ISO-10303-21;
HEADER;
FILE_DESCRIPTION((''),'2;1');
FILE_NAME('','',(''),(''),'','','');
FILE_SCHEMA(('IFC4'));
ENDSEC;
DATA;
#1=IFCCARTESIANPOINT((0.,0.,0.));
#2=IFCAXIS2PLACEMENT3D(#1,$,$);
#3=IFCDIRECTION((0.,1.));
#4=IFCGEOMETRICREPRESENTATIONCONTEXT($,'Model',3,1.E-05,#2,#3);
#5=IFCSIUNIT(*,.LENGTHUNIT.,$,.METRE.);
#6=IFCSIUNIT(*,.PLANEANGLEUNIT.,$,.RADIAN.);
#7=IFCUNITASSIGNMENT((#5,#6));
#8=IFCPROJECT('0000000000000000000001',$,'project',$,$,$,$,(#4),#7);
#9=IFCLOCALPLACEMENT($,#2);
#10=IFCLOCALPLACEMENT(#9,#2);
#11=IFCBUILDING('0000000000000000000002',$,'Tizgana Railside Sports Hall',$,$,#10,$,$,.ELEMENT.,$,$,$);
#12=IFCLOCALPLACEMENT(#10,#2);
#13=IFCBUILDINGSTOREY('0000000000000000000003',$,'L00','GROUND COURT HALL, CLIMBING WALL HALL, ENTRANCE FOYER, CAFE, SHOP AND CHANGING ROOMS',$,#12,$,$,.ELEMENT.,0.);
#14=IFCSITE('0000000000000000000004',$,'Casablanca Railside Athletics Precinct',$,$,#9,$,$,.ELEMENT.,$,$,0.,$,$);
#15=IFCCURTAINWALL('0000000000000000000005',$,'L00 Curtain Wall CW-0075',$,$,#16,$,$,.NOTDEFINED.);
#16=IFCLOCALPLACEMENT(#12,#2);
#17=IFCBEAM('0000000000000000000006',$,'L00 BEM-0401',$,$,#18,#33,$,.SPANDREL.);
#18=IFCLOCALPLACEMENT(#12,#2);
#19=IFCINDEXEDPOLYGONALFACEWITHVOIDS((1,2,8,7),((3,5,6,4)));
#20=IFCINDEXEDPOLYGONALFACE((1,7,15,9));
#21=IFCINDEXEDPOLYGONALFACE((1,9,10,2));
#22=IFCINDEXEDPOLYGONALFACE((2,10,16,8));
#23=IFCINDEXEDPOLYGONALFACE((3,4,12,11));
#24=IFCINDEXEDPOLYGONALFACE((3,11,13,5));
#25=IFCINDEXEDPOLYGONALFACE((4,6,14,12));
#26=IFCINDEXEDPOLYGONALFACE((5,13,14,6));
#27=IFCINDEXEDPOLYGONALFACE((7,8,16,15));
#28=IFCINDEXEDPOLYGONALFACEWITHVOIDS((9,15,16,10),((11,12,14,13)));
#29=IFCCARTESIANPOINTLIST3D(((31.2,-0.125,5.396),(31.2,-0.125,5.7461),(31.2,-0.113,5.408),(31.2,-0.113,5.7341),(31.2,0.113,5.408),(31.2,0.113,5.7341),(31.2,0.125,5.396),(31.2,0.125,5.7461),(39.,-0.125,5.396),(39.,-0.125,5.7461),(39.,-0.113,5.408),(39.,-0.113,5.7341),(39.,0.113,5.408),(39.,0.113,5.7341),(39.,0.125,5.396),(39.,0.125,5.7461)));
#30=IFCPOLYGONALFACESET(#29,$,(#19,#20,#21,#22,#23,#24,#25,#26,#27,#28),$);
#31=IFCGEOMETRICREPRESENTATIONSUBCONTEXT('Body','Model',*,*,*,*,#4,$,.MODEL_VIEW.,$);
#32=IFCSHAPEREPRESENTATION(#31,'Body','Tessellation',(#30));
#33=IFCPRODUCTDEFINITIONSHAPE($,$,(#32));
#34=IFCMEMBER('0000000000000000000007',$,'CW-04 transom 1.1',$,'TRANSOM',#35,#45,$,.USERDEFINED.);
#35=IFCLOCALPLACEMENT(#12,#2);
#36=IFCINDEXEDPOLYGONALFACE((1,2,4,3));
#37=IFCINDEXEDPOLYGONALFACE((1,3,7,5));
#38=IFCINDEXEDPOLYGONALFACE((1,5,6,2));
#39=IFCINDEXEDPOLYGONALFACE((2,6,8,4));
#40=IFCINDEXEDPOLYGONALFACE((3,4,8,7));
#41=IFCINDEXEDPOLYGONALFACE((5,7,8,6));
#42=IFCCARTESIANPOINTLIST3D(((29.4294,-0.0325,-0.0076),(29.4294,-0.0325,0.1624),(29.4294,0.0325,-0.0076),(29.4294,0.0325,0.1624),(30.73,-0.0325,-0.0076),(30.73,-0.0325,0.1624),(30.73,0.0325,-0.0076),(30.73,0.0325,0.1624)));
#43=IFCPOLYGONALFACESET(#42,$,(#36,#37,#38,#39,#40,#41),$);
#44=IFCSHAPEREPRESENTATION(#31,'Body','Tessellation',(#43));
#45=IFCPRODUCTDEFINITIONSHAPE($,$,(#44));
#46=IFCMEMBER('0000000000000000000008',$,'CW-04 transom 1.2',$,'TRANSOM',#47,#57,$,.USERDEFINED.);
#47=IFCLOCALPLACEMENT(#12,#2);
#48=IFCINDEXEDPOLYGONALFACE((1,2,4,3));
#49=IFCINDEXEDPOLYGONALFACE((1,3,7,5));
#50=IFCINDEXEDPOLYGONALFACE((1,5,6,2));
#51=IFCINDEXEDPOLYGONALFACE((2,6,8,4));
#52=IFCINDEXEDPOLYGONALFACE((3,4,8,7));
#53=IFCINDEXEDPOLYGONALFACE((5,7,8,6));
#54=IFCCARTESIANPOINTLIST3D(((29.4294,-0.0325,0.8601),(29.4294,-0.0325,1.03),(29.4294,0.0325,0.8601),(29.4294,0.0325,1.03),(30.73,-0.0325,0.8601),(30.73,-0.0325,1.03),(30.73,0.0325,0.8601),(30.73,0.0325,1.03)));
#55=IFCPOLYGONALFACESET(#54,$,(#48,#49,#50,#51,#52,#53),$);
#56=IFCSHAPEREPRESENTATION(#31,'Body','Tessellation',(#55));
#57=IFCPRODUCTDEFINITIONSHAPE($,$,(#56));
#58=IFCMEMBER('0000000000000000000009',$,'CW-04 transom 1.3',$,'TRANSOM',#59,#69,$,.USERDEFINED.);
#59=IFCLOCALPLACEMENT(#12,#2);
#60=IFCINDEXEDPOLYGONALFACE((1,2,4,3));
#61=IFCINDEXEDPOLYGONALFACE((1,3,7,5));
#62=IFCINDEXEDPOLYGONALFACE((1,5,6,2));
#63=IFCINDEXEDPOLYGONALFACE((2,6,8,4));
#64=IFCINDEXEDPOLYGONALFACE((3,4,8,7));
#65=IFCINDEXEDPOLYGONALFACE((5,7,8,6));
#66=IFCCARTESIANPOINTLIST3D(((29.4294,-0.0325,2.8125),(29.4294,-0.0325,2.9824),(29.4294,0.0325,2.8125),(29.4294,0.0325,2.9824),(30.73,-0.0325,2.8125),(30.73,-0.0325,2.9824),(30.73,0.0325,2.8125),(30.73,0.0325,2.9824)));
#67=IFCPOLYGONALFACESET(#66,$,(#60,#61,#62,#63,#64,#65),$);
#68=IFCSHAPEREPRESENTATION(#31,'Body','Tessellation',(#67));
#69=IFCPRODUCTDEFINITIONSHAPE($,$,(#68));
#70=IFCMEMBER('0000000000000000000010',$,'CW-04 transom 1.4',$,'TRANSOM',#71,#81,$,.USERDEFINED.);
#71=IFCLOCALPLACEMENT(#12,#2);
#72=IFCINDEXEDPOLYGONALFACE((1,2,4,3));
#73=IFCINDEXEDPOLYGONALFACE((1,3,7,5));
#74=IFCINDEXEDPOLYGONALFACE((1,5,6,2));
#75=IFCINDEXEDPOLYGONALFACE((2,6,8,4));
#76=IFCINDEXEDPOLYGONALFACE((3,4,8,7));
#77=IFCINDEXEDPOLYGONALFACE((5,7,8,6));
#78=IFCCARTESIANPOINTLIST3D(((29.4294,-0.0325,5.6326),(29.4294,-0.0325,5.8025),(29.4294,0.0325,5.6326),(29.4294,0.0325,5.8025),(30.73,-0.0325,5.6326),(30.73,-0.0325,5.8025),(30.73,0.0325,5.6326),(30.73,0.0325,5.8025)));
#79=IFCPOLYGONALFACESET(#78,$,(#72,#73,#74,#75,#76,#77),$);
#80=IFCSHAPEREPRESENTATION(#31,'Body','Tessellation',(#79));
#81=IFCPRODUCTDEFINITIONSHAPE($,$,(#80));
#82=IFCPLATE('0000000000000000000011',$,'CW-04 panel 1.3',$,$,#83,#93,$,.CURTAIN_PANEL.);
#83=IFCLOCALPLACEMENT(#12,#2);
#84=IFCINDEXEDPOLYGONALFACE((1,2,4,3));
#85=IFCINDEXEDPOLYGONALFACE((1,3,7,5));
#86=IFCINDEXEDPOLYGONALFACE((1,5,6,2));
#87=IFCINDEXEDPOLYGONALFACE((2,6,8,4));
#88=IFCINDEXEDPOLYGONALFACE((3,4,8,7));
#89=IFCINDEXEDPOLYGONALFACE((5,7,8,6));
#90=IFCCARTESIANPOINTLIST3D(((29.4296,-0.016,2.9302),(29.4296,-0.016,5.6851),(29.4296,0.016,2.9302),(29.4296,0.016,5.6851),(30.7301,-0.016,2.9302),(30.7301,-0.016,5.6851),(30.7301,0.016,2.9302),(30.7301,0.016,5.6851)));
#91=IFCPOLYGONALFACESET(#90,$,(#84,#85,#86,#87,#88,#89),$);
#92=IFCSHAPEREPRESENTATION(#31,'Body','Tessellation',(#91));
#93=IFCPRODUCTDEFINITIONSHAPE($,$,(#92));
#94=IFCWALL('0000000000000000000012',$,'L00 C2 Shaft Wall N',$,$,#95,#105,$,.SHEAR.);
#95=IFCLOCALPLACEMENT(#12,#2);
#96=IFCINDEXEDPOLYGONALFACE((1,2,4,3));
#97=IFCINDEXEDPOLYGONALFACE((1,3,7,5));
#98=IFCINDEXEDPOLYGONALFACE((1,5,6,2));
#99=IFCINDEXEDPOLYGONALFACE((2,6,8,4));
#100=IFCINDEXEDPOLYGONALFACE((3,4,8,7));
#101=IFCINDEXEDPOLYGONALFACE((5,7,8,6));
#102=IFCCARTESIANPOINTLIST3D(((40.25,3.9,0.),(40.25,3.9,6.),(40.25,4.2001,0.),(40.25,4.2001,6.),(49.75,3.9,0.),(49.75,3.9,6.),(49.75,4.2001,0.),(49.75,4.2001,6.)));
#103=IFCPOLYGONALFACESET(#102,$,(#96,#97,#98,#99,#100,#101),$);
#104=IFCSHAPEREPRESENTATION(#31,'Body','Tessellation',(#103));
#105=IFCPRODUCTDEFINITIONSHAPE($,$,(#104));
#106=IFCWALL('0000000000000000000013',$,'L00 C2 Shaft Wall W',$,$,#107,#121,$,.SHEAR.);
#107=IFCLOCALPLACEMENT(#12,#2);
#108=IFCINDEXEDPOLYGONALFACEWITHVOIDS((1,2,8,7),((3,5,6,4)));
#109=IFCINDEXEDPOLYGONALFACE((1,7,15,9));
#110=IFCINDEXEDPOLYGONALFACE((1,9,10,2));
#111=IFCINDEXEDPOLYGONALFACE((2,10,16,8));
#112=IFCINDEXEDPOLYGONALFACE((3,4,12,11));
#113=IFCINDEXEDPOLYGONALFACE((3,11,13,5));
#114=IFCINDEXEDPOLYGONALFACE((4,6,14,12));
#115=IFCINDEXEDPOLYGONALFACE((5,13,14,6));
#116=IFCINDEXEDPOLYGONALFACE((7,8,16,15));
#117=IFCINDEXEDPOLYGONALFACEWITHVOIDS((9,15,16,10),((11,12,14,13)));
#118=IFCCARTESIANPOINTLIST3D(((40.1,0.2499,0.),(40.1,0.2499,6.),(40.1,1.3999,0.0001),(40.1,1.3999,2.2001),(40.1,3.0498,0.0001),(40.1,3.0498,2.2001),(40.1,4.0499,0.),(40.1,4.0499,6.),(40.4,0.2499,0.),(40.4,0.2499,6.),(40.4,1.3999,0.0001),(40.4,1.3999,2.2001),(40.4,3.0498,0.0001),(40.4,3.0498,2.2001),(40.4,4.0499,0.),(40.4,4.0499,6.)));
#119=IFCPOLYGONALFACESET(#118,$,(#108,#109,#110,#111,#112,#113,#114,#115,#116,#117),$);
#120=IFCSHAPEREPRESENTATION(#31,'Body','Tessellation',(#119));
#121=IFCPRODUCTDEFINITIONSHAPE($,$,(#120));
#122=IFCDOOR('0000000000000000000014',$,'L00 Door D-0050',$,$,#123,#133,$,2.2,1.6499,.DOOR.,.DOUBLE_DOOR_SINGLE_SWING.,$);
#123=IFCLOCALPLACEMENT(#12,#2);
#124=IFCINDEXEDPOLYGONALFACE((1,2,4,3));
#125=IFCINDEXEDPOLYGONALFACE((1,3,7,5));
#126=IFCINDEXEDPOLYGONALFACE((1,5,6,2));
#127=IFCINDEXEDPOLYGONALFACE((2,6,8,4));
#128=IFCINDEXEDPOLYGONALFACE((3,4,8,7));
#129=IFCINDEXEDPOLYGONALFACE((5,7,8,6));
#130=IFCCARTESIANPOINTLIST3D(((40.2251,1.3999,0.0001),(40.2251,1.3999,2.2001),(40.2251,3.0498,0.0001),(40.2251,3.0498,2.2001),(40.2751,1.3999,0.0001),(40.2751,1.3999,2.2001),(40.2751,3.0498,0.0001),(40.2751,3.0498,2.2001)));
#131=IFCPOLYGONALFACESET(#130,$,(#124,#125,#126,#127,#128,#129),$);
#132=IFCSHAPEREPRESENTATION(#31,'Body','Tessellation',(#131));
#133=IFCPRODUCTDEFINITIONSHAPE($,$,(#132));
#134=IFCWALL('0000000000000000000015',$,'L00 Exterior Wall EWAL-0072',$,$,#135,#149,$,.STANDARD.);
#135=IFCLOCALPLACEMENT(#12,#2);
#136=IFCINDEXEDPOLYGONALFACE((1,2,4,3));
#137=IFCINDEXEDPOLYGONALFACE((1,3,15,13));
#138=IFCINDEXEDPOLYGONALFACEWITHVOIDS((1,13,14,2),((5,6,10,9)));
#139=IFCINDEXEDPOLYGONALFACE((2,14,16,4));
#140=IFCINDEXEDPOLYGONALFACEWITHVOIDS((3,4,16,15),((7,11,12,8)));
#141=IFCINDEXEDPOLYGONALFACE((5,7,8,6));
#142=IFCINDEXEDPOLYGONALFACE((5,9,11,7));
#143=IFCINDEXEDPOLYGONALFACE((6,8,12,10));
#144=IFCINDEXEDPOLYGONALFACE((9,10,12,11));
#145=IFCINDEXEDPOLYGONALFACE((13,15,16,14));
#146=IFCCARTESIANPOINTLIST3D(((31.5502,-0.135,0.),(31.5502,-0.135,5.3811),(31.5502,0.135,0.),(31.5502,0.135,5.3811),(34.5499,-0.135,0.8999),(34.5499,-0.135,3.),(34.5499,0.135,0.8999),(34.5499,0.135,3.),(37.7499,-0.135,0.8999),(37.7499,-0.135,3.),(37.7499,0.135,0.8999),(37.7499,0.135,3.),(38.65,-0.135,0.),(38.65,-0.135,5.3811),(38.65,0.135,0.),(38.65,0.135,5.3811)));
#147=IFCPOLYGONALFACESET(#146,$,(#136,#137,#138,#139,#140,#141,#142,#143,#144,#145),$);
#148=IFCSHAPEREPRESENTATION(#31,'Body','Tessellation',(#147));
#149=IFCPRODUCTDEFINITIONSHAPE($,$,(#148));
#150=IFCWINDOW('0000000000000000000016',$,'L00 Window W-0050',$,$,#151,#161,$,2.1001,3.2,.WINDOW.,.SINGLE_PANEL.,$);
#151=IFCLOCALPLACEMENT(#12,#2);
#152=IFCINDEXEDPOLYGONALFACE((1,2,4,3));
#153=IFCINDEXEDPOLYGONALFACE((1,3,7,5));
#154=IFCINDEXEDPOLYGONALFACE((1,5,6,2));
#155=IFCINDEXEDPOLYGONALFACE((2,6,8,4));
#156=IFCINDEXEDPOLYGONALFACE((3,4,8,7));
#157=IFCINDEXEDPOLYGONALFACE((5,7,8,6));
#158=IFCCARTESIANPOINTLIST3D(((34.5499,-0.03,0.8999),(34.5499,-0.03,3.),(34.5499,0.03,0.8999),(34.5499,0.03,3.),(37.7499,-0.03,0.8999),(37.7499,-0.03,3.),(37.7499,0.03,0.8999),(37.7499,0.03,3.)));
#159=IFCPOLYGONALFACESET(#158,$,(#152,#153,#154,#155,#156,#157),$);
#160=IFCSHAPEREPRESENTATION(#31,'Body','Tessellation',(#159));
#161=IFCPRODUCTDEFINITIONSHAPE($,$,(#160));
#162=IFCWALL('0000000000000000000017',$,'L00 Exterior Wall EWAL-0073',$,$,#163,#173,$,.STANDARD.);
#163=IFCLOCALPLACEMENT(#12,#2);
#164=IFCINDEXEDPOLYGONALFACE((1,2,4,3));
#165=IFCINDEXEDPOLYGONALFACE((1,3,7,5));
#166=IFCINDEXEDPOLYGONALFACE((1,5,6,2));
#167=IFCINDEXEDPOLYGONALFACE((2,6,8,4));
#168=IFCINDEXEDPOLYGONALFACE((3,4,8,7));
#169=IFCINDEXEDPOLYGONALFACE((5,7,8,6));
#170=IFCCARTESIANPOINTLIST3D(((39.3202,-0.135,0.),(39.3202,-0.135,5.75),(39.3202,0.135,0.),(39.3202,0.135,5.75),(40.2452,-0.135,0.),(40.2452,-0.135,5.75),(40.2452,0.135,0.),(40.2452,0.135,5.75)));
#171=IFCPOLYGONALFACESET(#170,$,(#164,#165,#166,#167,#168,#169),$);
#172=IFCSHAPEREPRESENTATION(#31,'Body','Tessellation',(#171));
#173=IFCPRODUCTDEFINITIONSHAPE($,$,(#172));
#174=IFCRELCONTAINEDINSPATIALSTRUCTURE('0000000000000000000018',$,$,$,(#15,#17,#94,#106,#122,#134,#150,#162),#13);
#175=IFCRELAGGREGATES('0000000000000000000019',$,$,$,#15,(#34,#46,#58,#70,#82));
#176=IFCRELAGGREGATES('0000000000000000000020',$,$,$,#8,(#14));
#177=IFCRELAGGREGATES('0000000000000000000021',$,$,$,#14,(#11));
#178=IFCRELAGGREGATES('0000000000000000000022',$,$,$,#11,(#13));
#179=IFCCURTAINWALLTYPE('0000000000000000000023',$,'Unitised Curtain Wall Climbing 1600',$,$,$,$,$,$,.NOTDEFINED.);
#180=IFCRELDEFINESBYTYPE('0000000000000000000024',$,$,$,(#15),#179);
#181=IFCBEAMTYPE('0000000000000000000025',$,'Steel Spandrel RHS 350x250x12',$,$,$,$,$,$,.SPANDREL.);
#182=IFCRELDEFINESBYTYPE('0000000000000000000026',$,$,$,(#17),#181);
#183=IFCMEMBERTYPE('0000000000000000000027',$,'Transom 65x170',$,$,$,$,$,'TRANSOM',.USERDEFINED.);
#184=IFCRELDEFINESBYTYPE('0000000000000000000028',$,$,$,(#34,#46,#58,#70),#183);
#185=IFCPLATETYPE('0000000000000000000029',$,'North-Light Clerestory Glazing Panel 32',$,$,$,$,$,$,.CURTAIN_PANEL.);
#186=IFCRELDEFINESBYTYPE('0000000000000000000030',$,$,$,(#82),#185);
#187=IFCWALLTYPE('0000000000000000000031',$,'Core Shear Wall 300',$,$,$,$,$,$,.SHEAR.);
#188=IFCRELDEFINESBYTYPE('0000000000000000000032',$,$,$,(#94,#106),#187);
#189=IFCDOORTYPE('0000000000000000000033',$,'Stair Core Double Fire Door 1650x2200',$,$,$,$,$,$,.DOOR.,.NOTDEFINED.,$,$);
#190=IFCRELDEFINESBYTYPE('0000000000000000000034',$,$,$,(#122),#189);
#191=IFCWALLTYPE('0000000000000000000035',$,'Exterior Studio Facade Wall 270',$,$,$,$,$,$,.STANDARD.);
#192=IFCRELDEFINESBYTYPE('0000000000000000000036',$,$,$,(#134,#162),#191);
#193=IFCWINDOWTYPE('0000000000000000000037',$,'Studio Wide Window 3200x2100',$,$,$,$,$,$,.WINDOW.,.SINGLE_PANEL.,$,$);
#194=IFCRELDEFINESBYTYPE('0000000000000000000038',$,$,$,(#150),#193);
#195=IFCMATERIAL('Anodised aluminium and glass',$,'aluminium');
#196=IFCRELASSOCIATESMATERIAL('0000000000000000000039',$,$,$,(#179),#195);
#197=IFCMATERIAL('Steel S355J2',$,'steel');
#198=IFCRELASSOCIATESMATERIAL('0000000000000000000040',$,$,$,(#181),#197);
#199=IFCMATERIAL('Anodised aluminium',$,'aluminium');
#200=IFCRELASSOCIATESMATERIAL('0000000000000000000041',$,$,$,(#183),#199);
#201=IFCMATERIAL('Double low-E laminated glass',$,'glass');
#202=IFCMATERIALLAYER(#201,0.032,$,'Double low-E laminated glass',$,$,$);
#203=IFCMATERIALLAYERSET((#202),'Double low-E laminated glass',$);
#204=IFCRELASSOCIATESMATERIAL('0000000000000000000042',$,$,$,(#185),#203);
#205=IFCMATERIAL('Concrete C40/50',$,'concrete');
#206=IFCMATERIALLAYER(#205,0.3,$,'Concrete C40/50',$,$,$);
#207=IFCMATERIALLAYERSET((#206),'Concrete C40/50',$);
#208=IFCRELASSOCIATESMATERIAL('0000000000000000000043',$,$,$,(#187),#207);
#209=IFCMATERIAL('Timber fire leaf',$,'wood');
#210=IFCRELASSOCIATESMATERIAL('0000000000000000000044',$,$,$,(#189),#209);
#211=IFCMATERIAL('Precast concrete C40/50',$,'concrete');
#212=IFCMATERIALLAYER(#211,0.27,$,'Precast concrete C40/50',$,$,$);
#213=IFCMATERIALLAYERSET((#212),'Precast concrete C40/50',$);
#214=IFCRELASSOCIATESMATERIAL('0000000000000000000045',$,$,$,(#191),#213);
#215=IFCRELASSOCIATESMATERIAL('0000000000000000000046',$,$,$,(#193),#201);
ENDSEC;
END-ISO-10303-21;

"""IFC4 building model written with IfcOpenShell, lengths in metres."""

from ifc_helpers import new_model, si_unit, direction, frame, frame_2d, origin, origin_2d, place, context, subcontext, project, spatial, rectangle, hollow_rectangle, extrude, material, layer, layer_set, material_profile, profile_set, type_object, element, fill, aggregate, save


model = new_model("IFC4")

# Units and contexts
model_context = context("Model", 3, precision=1e-05, world=origin(), true_north=direction((0.0, 1.0)))
body_context = subcontext(model_context, "Body", "Model", "MODEL_VIEW")
ifc_project = project(units=[si_unit("LENGTHUNIT", "METRE"), si_unit("PLANEANGLEUNIT", "RADIAN")], contexts=[model_context])

# Site, building, storey
site_placement = place(None, origin())
site = spatial("IfcSite", under=ifc_project, at=site_placement, Name="Casablanca Railside Athletics Precinct", CompositionType="ELEMENT", RefElevation=0.0)
building_placement = place(site_placement, origin())
building = spatial("IfcBuilding", under=site, at=building_placement, Name="Tizgana Railside Sports Hall", CompositionType="ELEMENT")
storey_placement = place(building_placement, origin())
storey = spatial("IfcBuildingStorey", under=building, at=storey_placement, Name="L00", Description="GROUND COURT HALL, CLIMBING WALL HALL, ENTRANCE FOYER, CAFE, SHOP AND CHANGING ROOMS", CompositionType="ELEMENT", Elevation=0.0)

# Shared definitions
ifc_material_1 = material(Name="Concrete C40/50", Category="concrete")

# Curtain wall
ifc_material_2 = material(Name="Anodised aluminium and glass", Category="aluminium")
curtain_wall_type = type_object("IfcCurtainWallType", Name="Unitised Curtain Wall Climbing 1600", PredefinedType="NOTDEFINED", material=ifc_material_2)
curtain_wall_placement = place(storey_placement, origin())
curtain_wall = element("IfcCurtainWall", 1, at=curtain_wall_placement, inside=storey, type_object=curtain_wall_type, Name="L00 Curtain Wall CW-0075", PredefinedType="NOTDEFINED")
ifc_material_3 = material(Name="Anodised aluminium", Category="aluminium")

# Beam
ifc_material_4 = material(Name="Steel S355J2", Category="steel")
ifc_material_profile_1 = material_profile(ifc_material_4, hollow_rectangle(XDim=0.25, YDim=0.3501, WallThickness=0.012, at=origin_2d()), Name="RHS 350x250x12")
ifc_profile_set_1 = profile_set([ifc_material_profile_1], Name="Steel S355J2")
beam_type_1 = type_object("IfcBeamType", Name="Steel Spandrel RHS 350x250x12", PredefinedType="SPANDREL", material=ifc_profile_set_1)
beam_1_placement = place(storey_placement, frame((31.2, 0.0, 5.571), z_axis=(1.0, 0.0, 0.0), x_axis=(0.0, 1.0, 0.0)))
element("IfcBeam", 2, at=beam_1_placement, inside=storey, type_object=beam_type_1, Name="L00 BEM-0401", PredefinedType="SPANDREL", context=body_context, shape_type="SweptSolid", body=[
    extrude(hollow_rectangle(XDim=0.25, YDim=0.3501, WallThickness=0.012, at=origin_2d()), origin(), (0.0, 0.0, 1.0), 7.8),
])

# Members
ifc_material_profile_2 = material_profile(ifc_material_3, rectangle(XDim=0.0649, YDim=0.1699, at=origin_2d()), Name="Transom 65x170")
ifc_profile_set_2 = profile_set([ifc_material_profile_2], Name="Anodised aluminium")
member_type_1 = type_object("IfcMemberType", Name="Transom 65x170", ElementType="TRANSOM", PredefinedType="USERDEFINED", material=ifc_profile_set_2)
member_1_placement = place(storey_placement, frame((30.73, 0.0, 0.0774), z_axis=(-1.0, 0.0, 0.0), x_axis=(0.0, -1.0, 0.0)))
member_1 = element("IfcMember", 3, at=member_1_placement, type_object=member_type_1, Name="CW-04 transom 1.1", ObjectType="TRANSOM", PredefinedType="USERDEFINED", context=body_context, shape_type="SweptSolid", body=[
    extrude(rectangle(XDim=0.0649, YDim=0.1699, at=origin_2d()), origin(), (0.0, 0.0, 1.0), 1.3005),
])
member_2_placement = place(storey_placement, frame((30.73, 0.0, 0.9451), z_axis=(-1.0, 0.0, 0.0), x_axis=(0.0, -1.0, 0.0)))
member_2 = element("IfcMember", 4, at=member_2_placement, type_object=member_type_1, Name="CW-04 transom 1.2", ObjectType="TRANSOM", PredefinedType="USERDEFINED", context=body_context, shape_type="SweptSolid", body=[
    extrude(rectangle(XDim=0.0649, YDim=0.1699, at=origin_2d()), origin(), (0.0, 0.0, 1.0), 1.3005),
])
member_3_placement = place(storey_placement, frame((30.73, 0.0, 2.8975), z_axis=(-1.0, 0.0, 0.0), x_axis=(0.0, -1.0, 0.0)))
member_3 = element("IfcMember", 5, at=member_3_placement, type_object=member_type_1, Name="CW-04 transom 1.3", ObjectType="TRANSOM", PredefinedType="USERDEFINED", context=body_context, shape_type="SweptSolid", body=[
    extrude(rectangle(XDim=0.0649, YDim=0.1699, at=origin_2d()), origin(), (0.0, 0.0, 1.0), 1.3005),
])
member_4_placement = place(storey_placement, frame((30.73, 0.0, 5.7175), z_axis=(-1.0, 0.0, 0.0), x_axis=(0.0, -1.0, 0.0)))
member_4 = element("IfcMember", 6, at=member_4_placement, type_object=member_type_1, Name="CW-04 transom 1.4", ObjectType="TRANSOM", PredefinedType="USERDEFINED", context=body_context, shape_type="SweptSolid", body=[
    extrude(rectangle(XDim=0.0649, YDim=0.1699, at=origin_2d()), origin(), (0.0, 0.0, 1.0), 1.3005),
])

# Plate
ifc_material_5 = material(Name="Double low-E laminated glass", Category="glass")
ifc_layer_1 = layer(ifc_material_5, 0.032, Name="Double low-E laminated glass")
ifc_layer_set_1 = layer_set([ifc_layer_1], Name="Double low-E laminated glass")
plate_type = type_object("IfcPlateType", Name="North-Light Clerestory Glazing Panel 32", PredefinedType="CURTAIN_PANEL", material=ifc_layer_set_1)
plate_placement = place(storey_placement, frame((30.0798, 0.0, 2.9302), z_axis=(0.0, 0.0, 1.0), x_axis=(-1.0, 0.0, 0.0)))
plate = element("IfcPlate", 7, at=plate_placement, type_object=plate_type, Name="CW-04 panel 1.3", PredefinedType="CURTAIN_PANEL", context=body_context, shape_type="SweptSolid", body=[
    extrude(rectangle(XDim=1.3005, YDim=0.032, at=origin_2d()), origin(), (0.0, 0.0, 1.0), 2.7549),
])
aggregate(curtain_wall, [member_1, member_2, member_3, member_4, plate])

# Wall
ifc_layer_2 = layer(ifc_material_1, 0.3, Name="Concrete C40/50")
ifc_layer_set_2 = layer_set([ifc_layer_2], Name="Concrete C40/50")
wall_type_1 = type_object("IfcWallType", Name="Core Shear Wall 300", PredefinedType="SHEAR", material=ifc_layer_set_2)
wall_1_placement = place(storey_placement, frame((40.25, 4.05, 0.0), z_axis=(0.0, 0.0, 1.0), x_axis=(1.0, 0.0, 0.0)))
element("IfcWall", 8, at=wall_1_placement, inside=storey, type_object=wall_type_1, Name="L00 C2 Shaft Wall N", PredefinedType="SHEAR", context=body_context, shape_type="SweptSolid", body=[
    extrude(rectangle(XDim=9.5, YDim=0.3, at=frame_2d((4.75, 0.0))), origin(), (0.0, 0.0, 1.0), 6.0),
])

# Wall, opening, door
wall_2_placement = place(storey_placement, frame((40.25, 0.25, 0.0), z_axis=(0.0, 0.0, 1.0), x_axis=(0.0, 1.0, 0.0)))
wall_2 = element("IfcWall", 9, at=wall_2_placement, inside=storey, type_object=wall_type_1, Name="L00 C2 Shaft Wall W", PredefinedType="SHEAR", context=body_context, shape_type="SweptSolid", body=[
    extrude(rectangle(XDim=3.8, YDim=0.3, at=frame_2d((1.8999, 0.0))), origin(), (0.0, 0.0, 1.0), 6.0),
])
opening_1_placement = place(wall_2_placement, frame((1.1499, 0.0, 0.0)))
opening_1 = element("IfcOpeningElement", 10, at=opening_1_placement, cuts=wall_2, PredefinedType="OPENING", context=body_context, shape_type="SweptSolid", body=[
    extrude(rectangle(XDim=1.6499, YDim=2.2, at=frame_2d((0.825, 1.1001))), frame((0.0, 0.1599, 0.0), z_axis=(0.0, -1.0, 0.0), x_axis=(1.0, 0.0, 0.0)), (0.0, 0.0, 1.0), 0.3201),
])
ifc_material_6 = material(Name="Timber fire leaf", Category="wood")
door_type = type_object("IfcDoorType", Name="Stair Core Double Fire Door 1650x2200", OperationType="NOTDEFINED", PredefinedType="DOOR", material=ifc_material_6)
door_placement = place(opening_1_placement, origin())
door = element("IfcDoor", 11, at=door_placement, inside=storey, type_object=door_type, Name="L00 Door D-0050", OperationType="DOUBLE_DOOR_SINGLE_SWING", OverallHeight=2.2, OverallWidth=1.6499, PredefinedType="DOOR", context=body_context, shape_type="SweptSolid", body=[
    extrude(rectangle(XDim=1.6499, YDim=2.2, at=frame_2d((0.825, 1.1001))), frame((0.0, 0.0249, 0.0), z_axis=(0.0, -1.0, 0.0), x_axis=(1.0, 0.0, 0.0)), (0.0, 0.0, 1.0), 0.05),
])
fill(opening_1, door)

# Wall, opening, window
ifc_material_7 = material(Name="Precast concrete C40/50", Category="concrete")
ifc_layer_3 = layer(ifc_material_7, 0.27, Name="Precast concrete C40/50")
ifc_layer_set_3 = layer_set([ifc_layer_3], Name="Precast concrete C40/50")
wall_type_2 = type_object("IfcWallType", Name="Exterior Studio Facade Wall 270", PredefinedType="STANDARD", material=ifc_layer_set_3)
wall_3_placement = place(storey_placement, frame((38.6499, 0.0, 0.0), z_axis=(0.0, 0.0, 1.0), x_axis=(-1.0, 0.0, 0.0)))
wall_3 = element("IfcWall", 12, at=wall_3_placement, inside=storey, type_object=wall_type_2, Name="L00 Exterior Wall EWAL-0072", PredefinedType="STANDARD", context=body_context, shape_type="SweptSolid", body=[
    extrude(rectangle(XDim=7.0999, YDim=0.27, at=frame_2d((3.5498, 0.0))), origin(), (0.0, 0.0, 1.0), 5.3811),
])
opening_2_placement = place(wall_3_placement, frame((0.8999, 0.0, 0.8999)))
opening_2 = element("IfcOpeningElement", 13, at=opening_2_placement, cuts=wall_3, PredefinedType="OPENING", context=body_context, shape_type="SweptSolid", body=[
    extrude(rectangle(XDim=3.2, YDim=2.1001, at=frame_2d((1.6001, 1.05))), frame((0.0, 0.145, 0.0), z_axis=(0.0, -1.0, 0.0), x_axis=(1.0, 0.0, 0.0)), (0.0, 0.0, 1.0), 0.29),
])
window_type = type_object("IfcWindowType", Name="Studio Wide Window 3200x2100", PartitioningType="SINGLE_PANEL", PredefinedType="WINDOW", material=ifc_material_5)
window_placement = place(opening_2_placement, origin())
window = element("IfcWindow", 14, at=window_placement, inside=storey, type_object=window_type, Name="L00 Window W-0050", OverallHeight=2.1001, OverallWidth=3.2, PartitioningType="SINGLE_PANEL", PredefinedType="WINDOW", context=body_context, shape_type="SweptSolid", body=[
    extrude(rectangle(XDim=3.2, YDim=2.1001, at=frame_2d((1.6001, 1.05))), frame((0.0, 0.03, 0.0), z_axis=(0.0, -1.0, 0.0), x_axis=(1.0, 0.0, 0.0)), (0.0, 0.0, 1.0), 0.0601),
])
fill(opening_2, window)

# Wall
wall_4_placement = place(storey_placement, frame((40.2451, 0.0, 0.0), z_axis=(0.0, 0.0, 1.0), x_axis=(-1.0, 0.0, 0.0)))
element("IfcWall", 15, at=wall_4_placement, inside=storey, type_object=wall_type_2, Name="L00 Exterior Wall EWAL-0073", PredefinedType="STANDARD", context=body_context, shape_type="SweptSolid", body=[
    extrude(rectangle(XDim=0.925, YDim=0.27, at=frame_2d((0.4624, 0.0))), origin(), (0.0, 0.0, 1.0), 5.75),
])

save(model, "model.ifc")
